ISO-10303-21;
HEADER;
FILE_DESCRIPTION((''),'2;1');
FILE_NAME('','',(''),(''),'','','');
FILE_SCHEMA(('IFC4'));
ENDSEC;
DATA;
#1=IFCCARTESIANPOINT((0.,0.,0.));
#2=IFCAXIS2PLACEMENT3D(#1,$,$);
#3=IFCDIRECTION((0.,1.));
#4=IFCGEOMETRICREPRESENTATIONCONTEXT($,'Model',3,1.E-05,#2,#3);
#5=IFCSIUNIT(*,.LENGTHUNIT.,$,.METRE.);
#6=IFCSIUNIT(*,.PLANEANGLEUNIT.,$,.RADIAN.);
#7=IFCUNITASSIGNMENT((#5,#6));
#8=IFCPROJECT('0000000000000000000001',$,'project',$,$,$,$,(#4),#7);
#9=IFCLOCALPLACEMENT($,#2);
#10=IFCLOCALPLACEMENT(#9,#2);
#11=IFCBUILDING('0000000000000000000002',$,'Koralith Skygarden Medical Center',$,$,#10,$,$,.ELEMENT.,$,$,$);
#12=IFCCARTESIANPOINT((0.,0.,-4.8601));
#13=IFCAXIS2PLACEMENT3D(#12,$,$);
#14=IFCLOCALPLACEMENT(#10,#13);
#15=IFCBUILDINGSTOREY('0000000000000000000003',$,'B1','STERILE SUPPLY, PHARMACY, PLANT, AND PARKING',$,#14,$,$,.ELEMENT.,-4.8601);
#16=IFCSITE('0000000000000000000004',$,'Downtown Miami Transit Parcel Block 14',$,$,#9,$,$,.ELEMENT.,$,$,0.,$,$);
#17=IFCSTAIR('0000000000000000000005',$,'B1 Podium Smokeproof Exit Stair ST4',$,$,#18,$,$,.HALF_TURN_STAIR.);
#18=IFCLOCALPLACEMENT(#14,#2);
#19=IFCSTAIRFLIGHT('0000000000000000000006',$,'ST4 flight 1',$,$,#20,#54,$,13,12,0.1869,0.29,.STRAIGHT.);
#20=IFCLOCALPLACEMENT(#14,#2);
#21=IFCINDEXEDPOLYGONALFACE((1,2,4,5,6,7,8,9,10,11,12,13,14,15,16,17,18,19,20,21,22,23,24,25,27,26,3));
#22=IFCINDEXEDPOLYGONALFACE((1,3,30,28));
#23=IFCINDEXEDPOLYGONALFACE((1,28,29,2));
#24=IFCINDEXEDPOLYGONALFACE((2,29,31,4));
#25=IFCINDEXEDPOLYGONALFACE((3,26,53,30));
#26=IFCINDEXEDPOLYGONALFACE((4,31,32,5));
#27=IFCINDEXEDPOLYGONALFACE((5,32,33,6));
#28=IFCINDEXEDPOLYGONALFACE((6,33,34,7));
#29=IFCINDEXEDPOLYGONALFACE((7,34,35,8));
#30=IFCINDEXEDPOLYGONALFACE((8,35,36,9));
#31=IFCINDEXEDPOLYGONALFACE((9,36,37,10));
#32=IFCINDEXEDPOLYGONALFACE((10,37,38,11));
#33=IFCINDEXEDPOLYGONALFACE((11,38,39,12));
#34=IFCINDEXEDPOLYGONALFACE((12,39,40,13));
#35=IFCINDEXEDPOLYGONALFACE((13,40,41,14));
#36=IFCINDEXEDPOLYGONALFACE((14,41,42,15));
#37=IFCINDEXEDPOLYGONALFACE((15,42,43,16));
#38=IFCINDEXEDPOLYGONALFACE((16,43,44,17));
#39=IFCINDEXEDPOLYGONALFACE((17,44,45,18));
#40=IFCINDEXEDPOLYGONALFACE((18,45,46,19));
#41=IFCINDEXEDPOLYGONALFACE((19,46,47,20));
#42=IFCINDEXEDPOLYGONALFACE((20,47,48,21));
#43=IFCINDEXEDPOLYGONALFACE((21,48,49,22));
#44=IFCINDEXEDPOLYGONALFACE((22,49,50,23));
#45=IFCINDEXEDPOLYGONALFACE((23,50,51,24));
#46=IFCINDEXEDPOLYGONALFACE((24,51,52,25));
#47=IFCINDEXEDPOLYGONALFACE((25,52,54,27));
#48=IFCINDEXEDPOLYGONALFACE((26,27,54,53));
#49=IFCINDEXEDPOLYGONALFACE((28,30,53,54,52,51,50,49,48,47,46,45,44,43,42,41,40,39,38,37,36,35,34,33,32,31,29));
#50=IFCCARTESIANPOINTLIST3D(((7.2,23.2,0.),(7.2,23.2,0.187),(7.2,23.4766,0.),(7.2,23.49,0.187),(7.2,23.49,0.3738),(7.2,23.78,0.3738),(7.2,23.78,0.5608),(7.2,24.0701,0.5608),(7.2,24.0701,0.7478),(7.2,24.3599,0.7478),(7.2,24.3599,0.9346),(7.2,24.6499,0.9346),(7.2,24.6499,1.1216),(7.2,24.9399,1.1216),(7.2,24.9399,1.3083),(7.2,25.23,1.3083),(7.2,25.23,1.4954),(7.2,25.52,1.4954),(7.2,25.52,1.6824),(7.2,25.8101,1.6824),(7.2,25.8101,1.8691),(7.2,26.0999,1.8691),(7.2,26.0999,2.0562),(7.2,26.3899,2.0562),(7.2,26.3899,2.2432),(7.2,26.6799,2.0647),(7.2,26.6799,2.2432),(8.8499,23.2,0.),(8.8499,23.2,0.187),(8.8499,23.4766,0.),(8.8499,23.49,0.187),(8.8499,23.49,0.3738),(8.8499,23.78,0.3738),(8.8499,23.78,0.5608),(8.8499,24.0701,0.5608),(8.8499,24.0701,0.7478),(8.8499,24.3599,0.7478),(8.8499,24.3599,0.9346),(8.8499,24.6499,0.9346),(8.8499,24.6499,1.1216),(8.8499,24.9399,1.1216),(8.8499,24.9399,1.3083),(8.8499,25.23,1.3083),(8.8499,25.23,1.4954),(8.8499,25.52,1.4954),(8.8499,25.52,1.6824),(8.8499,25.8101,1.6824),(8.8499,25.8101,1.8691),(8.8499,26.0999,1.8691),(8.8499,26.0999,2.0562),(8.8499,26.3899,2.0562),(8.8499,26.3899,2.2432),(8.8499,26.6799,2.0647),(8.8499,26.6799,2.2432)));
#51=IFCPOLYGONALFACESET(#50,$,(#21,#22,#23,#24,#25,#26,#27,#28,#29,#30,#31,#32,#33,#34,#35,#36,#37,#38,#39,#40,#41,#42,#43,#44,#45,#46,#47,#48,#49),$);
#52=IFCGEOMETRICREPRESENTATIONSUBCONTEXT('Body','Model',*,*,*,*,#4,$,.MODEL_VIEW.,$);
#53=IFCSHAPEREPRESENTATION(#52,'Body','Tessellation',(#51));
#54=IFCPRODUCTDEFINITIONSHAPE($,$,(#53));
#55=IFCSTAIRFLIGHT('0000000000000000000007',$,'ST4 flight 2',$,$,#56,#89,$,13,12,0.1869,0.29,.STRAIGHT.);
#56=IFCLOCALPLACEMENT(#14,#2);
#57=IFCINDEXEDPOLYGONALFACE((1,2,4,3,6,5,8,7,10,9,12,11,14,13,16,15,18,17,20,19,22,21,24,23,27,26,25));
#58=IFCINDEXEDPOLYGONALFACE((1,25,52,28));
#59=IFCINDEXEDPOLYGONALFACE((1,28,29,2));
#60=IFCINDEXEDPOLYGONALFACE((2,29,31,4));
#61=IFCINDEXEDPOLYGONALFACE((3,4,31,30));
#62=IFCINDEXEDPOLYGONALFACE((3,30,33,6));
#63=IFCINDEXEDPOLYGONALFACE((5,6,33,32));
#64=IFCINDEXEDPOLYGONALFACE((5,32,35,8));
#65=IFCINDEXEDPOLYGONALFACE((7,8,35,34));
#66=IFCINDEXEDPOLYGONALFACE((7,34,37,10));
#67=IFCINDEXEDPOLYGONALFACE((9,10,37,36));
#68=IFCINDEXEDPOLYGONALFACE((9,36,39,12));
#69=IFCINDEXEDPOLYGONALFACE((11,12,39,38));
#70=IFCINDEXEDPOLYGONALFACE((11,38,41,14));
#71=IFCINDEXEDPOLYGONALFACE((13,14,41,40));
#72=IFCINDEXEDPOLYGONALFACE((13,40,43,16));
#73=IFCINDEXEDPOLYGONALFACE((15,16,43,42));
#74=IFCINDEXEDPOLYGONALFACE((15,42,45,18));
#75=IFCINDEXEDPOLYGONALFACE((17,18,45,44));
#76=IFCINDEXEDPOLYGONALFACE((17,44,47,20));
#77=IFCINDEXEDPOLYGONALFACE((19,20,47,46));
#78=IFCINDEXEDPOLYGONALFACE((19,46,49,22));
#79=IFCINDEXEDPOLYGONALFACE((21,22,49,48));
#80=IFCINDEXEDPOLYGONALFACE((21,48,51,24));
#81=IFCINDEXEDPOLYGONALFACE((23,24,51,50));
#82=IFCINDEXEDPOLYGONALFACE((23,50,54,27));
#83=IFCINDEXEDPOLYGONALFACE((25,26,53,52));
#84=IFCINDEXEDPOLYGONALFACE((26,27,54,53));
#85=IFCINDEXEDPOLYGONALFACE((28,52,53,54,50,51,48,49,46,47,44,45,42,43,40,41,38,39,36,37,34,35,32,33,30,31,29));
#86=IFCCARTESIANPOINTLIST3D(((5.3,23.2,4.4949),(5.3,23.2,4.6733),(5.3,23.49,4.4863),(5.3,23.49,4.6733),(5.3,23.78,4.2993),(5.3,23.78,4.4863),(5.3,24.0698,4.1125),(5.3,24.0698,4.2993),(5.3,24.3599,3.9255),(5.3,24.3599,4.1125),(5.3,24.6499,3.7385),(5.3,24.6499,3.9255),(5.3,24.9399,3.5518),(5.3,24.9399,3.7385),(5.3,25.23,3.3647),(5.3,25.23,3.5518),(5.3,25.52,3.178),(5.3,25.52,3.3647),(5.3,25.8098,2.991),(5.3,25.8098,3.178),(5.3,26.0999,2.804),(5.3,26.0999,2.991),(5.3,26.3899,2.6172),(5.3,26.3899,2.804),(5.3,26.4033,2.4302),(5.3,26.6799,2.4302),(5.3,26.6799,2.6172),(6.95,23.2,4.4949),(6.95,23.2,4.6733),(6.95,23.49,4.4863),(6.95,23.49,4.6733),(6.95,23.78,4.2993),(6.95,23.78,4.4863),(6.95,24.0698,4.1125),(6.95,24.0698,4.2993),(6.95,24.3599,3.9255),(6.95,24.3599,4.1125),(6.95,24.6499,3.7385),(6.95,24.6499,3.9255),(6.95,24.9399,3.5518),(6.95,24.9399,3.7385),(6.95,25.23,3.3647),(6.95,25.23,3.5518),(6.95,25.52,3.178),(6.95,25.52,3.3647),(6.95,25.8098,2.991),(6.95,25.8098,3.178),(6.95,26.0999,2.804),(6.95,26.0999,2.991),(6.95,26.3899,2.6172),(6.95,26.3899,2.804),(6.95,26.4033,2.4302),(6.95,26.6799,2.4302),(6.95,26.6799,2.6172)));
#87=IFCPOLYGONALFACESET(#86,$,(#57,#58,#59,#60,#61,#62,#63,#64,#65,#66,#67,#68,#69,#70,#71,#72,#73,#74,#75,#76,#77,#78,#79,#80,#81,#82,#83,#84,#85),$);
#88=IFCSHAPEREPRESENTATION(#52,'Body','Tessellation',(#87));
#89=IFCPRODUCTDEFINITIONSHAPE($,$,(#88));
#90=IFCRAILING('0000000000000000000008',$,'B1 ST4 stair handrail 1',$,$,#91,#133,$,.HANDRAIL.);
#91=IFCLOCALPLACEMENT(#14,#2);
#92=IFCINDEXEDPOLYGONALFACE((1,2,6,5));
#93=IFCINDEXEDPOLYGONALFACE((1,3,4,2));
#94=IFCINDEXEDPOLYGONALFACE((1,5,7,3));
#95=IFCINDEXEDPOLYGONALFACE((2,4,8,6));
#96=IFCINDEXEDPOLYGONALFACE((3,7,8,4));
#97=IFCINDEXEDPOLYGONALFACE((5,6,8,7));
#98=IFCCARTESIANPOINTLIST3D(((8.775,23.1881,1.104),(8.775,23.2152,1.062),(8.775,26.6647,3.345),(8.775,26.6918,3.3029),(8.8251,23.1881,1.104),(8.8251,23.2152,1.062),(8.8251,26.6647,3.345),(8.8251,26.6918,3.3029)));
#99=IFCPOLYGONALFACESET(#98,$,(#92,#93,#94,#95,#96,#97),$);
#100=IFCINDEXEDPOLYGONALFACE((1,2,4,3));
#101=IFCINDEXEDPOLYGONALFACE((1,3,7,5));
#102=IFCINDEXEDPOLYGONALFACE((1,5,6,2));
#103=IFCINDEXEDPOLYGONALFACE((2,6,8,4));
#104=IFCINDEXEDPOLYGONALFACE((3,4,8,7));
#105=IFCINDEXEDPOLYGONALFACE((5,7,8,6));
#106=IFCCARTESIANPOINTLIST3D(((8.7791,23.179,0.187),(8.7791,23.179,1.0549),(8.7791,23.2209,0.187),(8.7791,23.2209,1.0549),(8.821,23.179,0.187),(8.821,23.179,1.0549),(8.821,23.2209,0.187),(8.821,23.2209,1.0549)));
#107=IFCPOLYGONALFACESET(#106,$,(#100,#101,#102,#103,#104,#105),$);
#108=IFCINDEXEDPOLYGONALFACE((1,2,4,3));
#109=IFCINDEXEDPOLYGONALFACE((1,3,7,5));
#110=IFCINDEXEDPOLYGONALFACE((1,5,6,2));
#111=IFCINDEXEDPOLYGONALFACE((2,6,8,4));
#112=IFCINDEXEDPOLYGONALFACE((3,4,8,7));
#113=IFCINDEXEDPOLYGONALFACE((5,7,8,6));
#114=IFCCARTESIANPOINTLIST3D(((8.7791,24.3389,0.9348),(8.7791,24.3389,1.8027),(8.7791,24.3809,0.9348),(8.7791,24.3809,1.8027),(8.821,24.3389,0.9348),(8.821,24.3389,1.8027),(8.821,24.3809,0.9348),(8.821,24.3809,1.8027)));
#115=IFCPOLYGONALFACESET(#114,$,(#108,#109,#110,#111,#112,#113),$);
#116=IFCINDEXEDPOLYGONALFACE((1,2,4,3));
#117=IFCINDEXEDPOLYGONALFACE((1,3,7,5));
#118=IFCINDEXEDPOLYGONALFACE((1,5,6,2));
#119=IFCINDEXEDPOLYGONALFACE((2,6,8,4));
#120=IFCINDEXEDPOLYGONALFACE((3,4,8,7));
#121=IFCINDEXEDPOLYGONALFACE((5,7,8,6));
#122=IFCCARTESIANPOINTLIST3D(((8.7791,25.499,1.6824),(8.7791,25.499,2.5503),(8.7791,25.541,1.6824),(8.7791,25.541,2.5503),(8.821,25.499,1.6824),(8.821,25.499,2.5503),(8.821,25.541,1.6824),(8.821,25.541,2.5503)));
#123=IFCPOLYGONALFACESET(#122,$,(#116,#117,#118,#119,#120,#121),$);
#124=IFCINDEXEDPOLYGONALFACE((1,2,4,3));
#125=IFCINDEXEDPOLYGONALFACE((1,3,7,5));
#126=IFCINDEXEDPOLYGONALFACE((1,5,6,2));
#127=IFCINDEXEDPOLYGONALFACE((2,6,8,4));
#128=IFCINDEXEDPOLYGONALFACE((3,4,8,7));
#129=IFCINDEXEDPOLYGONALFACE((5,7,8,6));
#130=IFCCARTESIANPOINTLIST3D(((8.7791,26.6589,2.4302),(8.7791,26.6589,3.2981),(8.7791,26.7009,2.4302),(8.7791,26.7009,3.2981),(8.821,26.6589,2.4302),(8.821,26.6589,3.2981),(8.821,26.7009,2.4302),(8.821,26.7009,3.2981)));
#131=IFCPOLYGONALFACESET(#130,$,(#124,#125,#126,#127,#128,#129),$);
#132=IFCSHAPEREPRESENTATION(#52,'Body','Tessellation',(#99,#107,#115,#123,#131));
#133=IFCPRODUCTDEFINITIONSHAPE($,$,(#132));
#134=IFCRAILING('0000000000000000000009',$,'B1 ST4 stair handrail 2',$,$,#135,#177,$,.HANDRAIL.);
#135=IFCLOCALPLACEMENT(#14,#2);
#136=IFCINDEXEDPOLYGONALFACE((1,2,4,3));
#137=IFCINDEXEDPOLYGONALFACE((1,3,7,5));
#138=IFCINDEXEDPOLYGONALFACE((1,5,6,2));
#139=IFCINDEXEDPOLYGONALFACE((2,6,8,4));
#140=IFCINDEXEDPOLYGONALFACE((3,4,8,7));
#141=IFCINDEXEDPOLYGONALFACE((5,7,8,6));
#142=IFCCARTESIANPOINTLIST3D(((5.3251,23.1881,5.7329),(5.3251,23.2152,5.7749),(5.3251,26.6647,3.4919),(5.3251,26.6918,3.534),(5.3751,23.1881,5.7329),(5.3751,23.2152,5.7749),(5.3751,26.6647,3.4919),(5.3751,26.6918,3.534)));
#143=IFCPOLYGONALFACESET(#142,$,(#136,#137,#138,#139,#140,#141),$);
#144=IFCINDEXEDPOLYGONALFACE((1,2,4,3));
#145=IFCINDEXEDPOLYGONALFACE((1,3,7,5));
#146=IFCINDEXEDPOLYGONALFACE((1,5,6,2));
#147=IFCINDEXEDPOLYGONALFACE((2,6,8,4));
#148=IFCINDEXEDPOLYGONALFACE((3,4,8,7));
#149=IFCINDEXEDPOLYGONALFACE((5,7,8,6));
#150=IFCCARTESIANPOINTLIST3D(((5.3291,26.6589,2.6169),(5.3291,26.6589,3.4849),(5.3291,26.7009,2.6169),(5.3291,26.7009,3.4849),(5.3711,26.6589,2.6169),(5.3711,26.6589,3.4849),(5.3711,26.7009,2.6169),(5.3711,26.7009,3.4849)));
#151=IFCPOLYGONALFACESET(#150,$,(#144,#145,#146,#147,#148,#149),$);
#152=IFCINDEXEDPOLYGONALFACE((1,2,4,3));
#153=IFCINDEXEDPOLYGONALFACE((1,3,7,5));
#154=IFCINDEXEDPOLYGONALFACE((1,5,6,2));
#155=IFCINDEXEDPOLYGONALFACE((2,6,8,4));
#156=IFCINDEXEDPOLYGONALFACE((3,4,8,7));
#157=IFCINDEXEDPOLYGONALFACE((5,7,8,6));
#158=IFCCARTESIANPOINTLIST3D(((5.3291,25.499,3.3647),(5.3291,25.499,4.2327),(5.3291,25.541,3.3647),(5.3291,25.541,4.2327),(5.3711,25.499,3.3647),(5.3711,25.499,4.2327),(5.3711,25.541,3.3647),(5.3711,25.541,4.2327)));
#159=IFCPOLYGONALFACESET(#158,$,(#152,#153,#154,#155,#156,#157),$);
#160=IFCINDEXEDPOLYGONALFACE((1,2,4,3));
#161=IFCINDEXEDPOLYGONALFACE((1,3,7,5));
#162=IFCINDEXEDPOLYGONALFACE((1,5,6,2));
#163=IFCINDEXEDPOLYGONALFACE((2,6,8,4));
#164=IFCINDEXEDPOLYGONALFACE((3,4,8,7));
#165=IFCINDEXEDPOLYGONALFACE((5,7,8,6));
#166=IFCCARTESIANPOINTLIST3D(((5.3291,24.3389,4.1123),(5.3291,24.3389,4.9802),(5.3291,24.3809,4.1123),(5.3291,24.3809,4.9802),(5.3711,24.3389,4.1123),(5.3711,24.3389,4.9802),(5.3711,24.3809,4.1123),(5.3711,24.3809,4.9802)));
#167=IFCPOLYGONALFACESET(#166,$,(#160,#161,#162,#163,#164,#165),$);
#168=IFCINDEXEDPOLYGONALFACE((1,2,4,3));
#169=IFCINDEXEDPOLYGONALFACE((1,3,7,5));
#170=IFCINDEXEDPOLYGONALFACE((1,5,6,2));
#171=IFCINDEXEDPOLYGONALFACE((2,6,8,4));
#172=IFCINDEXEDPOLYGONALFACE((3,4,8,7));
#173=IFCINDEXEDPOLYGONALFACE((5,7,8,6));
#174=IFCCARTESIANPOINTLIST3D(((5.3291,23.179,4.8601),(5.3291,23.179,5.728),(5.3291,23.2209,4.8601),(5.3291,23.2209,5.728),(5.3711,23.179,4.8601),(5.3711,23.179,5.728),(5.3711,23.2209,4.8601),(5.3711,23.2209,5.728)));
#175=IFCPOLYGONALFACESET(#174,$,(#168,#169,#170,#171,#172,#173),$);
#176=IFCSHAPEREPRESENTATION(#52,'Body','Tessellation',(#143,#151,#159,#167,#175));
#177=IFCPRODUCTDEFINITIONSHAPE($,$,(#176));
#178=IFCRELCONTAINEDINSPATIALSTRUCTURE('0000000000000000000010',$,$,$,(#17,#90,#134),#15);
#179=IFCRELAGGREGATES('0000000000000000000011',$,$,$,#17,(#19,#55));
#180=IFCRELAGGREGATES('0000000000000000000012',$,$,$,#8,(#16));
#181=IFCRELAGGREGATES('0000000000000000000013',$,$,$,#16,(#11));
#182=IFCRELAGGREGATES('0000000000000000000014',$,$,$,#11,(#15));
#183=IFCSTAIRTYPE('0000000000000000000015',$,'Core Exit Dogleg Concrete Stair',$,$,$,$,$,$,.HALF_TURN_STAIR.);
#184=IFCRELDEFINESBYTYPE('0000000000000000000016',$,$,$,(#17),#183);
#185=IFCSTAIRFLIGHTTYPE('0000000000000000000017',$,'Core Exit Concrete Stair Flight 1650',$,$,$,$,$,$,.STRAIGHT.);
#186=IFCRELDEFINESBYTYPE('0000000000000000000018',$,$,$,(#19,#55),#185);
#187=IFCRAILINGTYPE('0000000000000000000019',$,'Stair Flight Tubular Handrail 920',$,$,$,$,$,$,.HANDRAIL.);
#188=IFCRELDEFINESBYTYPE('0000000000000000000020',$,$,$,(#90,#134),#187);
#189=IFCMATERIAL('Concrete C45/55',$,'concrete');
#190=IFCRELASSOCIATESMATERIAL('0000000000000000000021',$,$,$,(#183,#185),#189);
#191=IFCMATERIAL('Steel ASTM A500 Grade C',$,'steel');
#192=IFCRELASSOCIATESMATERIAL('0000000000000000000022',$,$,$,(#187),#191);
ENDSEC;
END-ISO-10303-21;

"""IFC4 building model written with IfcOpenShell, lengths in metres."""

from ifc_helpers import new_model, si_unit, direction, frame, origin, origin_2d, place, context, subcontext, project, spatial, polyline, rectangle, outline, extrude, material, type_object, element, aggregate, save


model = new_model("IFC4")

# Units and contexts
model_context = context("Model", 3, precision=1e-05, world=origin(), true_north=direction((0.0, 1.0)))
body_context = subcontext(model_context, "Body", "Model", "MODEL_VIEW")
ifc_project = project(units=[si_unit("LENGTHUNIT", "METRE"), si_unit("PLANEANGLEUNIT", "RADIAN")], contexts=[model_context])

# Site, building, storey
site_placement = place(None, origin())
site = spatial("IfcSite", under=ifc_project, at=site_placement, Name="Downtown Miami Transit Parcel Block 14", CompositionType="ELEMENT", RefElevation=0.0)
building_placement = place(site_placement, origin())
building = spatial("IfcBuilding", under=site, at=building_placement, Name="Koralith Skygarden Medical Center", CompositionType="ELEMENT")
storey_placement = place(building_placement, frame((0.0, 0.0, -4.8601)))
storey = spatial("IfcBuildingStorey", under=building, at=storey_placement, Name="B1", Description="STERILE SUPPLY, PHARMACY, PLANT, AND PARKING", CompositionType="ELEMENT", Elevation=-4.8601)

# Shared definitions
ifc_material_1 = material(Name="Concrete C45/55", Category="concrete")

# Stair, stair flights
stair_type = type_object("IfcStairType", Name="Core Exit Dogleg Concrete Stair", PredefinedType="HALF_TURN_STAIR", material=ifc_material_1)
stair_placement = place(storey_placement, origin())
stair = element("IfcStair", 1, at=stair_placement, inside=storey, type_object=stair_type, Name="B1 Podium Smokeproof Exit Stair ST4", PredefinedType="HALF_TURN_STAIR")
stair_flight_type = type_object("IfcStairFlightType", Name="Core Exit Concrete Stair Flight 1650", PredefinedType="STRAIGHT", material=ifc_material_1)
stair_flight_1_placement = place(storey_placement, frame((8.0249, 23.2, 0.0), z_axis=(0.0, 0.0, 1.0), x_axis=(0.0, 1.0, 0.0)))
stair_flight_1 = element("IfcStairFlight", 2, at=stair_flight_1_placement, type_object=stair_flight_type, Name="ST4 flight 1", NumberOfRisers=13, NumberOfTreads=12, PredefinedType="STRAIGHT", RiserHeight=0.1869, TreadLength=0.29, context=body_context, shape_type="SweptSolid", body=[
    extrude(outline(polyline([(0.0, 0.0), (0.0, 0.187), (0.29, 0.187), (0.29, 0.3738), (0.5801, 0.3738), (0.5801, 0.5608), (0.8701, 0.5608), (0.8701, 0.7478), (1.1599, 0.7478), (1.1599, 0.9346), (1.45, 0.9346), (1.45, 1.1216), (1.74, 1.1216), (1.74, 1.3083), (2.03, 1.3083), (2.03, 1.4954), (2.3201, 1.4954), (2.3201, 1.6824), (2.6101, 1.6824), (2.6101, 1.8691), (2.8999, 1.8691), (2.8999, 2.0562), (3.1899, 2.0562), (3.1899, 2.2432), (3.48, 2.2432), (3.48, 2.4299), (3.48, 2.0647), (0.2766, 0.0), (0.0, 0.0)])), frame((0.0, 0.825, 0.0), z_axis=(0.0, -1.0, 0.0), x_axis=(1.0, 0.0, 0.0)), (0.0, 0.0, 1.0), 1.6499),
])
stair_flight_2_placement = place(storey_placement, frame((6.125, 26.6799, 2.4302), z_axis=(0.0, 0.0, 1.0), x_axis=(0.0, -1.0, 0.0)))
stair_flight_2 = element("IfcStairFlight", 3, at=stair_flight_2_placement, type_object=stair_flight_type, Name="ST4 flight 2", NumberOfRisers=13, NumberOfTreads=12, PredefinedType="STRAIGHT", RiserHeight=0.1869, TreadLength=0.29, context=body_context, shape_type="SweptSolid", body=[
    extrude(outline(polyline([(0.0, 0.0), (0.0, 0.187), (0.29, 0.187), (0.29, 0.3738), (0.5801, 0.3738), (0.5801, 0.5608), (0.8701, 0.5608), (0.8701, 0.7478), (1.1599, 0.7478), (1.1599, 0.9346), (1.45, 0.9346), (1.45, 1.1216), (1.74, 1.1216), (1.74, 1.3083), (2.03, 1.3083), (2.03, 1.4954), (2.3201, 1.4954), (2.3201, 1.6824), (2.6101, 1.6824), (2.6101, 1.8691), (2.8999, 1.8691), (2.8999, 2.0562), (3.1899, 2.0562), (3.1899, 2.2432), (3.48, 2.2432), (3.48, 2.4299), (3.48, 2.0647), (0.2766, 0.0), (0.0, 0.0)])), frame((0.0, 0.825, 0.0), z_axis=(0.0, -1.0, 0.0), x_axis=(1.0, 0.0, 0.0)), (0.0, 0.0, 1.0), 1.6499),
])
aggregate(stair, [stair_flight_1, stair_flight_2])

# Railings
ifc_material_2 = material(Name="Steel ASTM A500 Grade C", Category="steel")
railing_type_1 = type_object("IfcRailingType", Name="Stair Flight Tubular Handrail 920", PredefinedType="HANDRAIL", material=ifc_material_2)
railing_1_placement = place(storey_placement, frame((8.8, 23.2, 0.187)))
element("IfcRailing", 4, at=railing_1_placement, inside=storey, type_object=railing_type_1, Name="B1 ST4 stair handrail 1", PredefinedType="HANDRAIL", context=body_context, shape_type="SweptSolid", body=[
    extrude(rectangle(XDim=0.05, YDim=0.05, at=origin_2d()), frame((0.0, 0.0017, 0.896), z_axis=(0.0, 0.840515, 0.541788), x_axis=(-1.0, 0.0, 0.0)), (0.0, 0.0, 1.0), 4.1362),
    extrude(rectangle(XDim=0.042, YDim=0.042, at=origin_2d()), origin(), (0.0, 0.0, 1.0), 0.8679),
    extrude(rectangle(XDim=0.042, YDim=0.042, at=origin_2d()), frame((0.0, 1.1599, 0.7478)), (0.0, 0.0, 1.0), 0.8679),
    extrude(rectangle(XDim=0.042, YDim=0.042, at=origin_2d()), frame((0.0, 2.3201, 1.4954)), (0.0, 0.0, 1.0), 0.8679),
    extrude(rectangle(XDim=0.042, YDim=0.042, at=origin_2d()), frame((0.0, 3.48, 2.2432)), (0.0, 0.0, 1.0), 0.8679),
])
railing_2_placement = place(storey_placement, frame((5.3501, 26.6799, 2.6169)))
element("IfcRailing", 5, at=railing_2_placement, inside=storey, type_object=railing_type_1, Name="B1 ST4 stair handrail 2", PredefinedType="HANDRAIL", context=body_context, shape_type="SweptSolid", body=[
    extrude(rectangle(XDim=0.05, YDim=0.05, at=origin_2d()), frame((0.0, -0.0017, 0.896), z_axis=(0.0, -0.840515, 0.541788), x_axis=(1.0, 0.0, 0.0)), (0.0, 0.0, 1.0), 4.1362),
    extrude(rectangle(XDim=0.042, YDim=0.042, at=origin_2d()), origin(), (0.0, 0.0, 1.0), 0.8679),
    extrude(rectangle(XDim=0.042, YDim=0.042, at=origin_2d()), frame((0.0, -1.1599, 0.7478)), (0.0, 0.0, 1.0), 0.8679),
    extrude(rectangle(XDim=0.042, YDim=0.042, at=origin_2d()), frame((0.0, -2.3201, 1.4954)), (0.0, 0.0, 1.0), 0.8679),
    extrude(rectangle(XDim=0.042, YDim=0.042, at=origin_2d()), frame((0.0, -3.48, 2.2432)), (0.0, 0.0, 1.0), 0.8679),
])

save(model, "model.ifc")
